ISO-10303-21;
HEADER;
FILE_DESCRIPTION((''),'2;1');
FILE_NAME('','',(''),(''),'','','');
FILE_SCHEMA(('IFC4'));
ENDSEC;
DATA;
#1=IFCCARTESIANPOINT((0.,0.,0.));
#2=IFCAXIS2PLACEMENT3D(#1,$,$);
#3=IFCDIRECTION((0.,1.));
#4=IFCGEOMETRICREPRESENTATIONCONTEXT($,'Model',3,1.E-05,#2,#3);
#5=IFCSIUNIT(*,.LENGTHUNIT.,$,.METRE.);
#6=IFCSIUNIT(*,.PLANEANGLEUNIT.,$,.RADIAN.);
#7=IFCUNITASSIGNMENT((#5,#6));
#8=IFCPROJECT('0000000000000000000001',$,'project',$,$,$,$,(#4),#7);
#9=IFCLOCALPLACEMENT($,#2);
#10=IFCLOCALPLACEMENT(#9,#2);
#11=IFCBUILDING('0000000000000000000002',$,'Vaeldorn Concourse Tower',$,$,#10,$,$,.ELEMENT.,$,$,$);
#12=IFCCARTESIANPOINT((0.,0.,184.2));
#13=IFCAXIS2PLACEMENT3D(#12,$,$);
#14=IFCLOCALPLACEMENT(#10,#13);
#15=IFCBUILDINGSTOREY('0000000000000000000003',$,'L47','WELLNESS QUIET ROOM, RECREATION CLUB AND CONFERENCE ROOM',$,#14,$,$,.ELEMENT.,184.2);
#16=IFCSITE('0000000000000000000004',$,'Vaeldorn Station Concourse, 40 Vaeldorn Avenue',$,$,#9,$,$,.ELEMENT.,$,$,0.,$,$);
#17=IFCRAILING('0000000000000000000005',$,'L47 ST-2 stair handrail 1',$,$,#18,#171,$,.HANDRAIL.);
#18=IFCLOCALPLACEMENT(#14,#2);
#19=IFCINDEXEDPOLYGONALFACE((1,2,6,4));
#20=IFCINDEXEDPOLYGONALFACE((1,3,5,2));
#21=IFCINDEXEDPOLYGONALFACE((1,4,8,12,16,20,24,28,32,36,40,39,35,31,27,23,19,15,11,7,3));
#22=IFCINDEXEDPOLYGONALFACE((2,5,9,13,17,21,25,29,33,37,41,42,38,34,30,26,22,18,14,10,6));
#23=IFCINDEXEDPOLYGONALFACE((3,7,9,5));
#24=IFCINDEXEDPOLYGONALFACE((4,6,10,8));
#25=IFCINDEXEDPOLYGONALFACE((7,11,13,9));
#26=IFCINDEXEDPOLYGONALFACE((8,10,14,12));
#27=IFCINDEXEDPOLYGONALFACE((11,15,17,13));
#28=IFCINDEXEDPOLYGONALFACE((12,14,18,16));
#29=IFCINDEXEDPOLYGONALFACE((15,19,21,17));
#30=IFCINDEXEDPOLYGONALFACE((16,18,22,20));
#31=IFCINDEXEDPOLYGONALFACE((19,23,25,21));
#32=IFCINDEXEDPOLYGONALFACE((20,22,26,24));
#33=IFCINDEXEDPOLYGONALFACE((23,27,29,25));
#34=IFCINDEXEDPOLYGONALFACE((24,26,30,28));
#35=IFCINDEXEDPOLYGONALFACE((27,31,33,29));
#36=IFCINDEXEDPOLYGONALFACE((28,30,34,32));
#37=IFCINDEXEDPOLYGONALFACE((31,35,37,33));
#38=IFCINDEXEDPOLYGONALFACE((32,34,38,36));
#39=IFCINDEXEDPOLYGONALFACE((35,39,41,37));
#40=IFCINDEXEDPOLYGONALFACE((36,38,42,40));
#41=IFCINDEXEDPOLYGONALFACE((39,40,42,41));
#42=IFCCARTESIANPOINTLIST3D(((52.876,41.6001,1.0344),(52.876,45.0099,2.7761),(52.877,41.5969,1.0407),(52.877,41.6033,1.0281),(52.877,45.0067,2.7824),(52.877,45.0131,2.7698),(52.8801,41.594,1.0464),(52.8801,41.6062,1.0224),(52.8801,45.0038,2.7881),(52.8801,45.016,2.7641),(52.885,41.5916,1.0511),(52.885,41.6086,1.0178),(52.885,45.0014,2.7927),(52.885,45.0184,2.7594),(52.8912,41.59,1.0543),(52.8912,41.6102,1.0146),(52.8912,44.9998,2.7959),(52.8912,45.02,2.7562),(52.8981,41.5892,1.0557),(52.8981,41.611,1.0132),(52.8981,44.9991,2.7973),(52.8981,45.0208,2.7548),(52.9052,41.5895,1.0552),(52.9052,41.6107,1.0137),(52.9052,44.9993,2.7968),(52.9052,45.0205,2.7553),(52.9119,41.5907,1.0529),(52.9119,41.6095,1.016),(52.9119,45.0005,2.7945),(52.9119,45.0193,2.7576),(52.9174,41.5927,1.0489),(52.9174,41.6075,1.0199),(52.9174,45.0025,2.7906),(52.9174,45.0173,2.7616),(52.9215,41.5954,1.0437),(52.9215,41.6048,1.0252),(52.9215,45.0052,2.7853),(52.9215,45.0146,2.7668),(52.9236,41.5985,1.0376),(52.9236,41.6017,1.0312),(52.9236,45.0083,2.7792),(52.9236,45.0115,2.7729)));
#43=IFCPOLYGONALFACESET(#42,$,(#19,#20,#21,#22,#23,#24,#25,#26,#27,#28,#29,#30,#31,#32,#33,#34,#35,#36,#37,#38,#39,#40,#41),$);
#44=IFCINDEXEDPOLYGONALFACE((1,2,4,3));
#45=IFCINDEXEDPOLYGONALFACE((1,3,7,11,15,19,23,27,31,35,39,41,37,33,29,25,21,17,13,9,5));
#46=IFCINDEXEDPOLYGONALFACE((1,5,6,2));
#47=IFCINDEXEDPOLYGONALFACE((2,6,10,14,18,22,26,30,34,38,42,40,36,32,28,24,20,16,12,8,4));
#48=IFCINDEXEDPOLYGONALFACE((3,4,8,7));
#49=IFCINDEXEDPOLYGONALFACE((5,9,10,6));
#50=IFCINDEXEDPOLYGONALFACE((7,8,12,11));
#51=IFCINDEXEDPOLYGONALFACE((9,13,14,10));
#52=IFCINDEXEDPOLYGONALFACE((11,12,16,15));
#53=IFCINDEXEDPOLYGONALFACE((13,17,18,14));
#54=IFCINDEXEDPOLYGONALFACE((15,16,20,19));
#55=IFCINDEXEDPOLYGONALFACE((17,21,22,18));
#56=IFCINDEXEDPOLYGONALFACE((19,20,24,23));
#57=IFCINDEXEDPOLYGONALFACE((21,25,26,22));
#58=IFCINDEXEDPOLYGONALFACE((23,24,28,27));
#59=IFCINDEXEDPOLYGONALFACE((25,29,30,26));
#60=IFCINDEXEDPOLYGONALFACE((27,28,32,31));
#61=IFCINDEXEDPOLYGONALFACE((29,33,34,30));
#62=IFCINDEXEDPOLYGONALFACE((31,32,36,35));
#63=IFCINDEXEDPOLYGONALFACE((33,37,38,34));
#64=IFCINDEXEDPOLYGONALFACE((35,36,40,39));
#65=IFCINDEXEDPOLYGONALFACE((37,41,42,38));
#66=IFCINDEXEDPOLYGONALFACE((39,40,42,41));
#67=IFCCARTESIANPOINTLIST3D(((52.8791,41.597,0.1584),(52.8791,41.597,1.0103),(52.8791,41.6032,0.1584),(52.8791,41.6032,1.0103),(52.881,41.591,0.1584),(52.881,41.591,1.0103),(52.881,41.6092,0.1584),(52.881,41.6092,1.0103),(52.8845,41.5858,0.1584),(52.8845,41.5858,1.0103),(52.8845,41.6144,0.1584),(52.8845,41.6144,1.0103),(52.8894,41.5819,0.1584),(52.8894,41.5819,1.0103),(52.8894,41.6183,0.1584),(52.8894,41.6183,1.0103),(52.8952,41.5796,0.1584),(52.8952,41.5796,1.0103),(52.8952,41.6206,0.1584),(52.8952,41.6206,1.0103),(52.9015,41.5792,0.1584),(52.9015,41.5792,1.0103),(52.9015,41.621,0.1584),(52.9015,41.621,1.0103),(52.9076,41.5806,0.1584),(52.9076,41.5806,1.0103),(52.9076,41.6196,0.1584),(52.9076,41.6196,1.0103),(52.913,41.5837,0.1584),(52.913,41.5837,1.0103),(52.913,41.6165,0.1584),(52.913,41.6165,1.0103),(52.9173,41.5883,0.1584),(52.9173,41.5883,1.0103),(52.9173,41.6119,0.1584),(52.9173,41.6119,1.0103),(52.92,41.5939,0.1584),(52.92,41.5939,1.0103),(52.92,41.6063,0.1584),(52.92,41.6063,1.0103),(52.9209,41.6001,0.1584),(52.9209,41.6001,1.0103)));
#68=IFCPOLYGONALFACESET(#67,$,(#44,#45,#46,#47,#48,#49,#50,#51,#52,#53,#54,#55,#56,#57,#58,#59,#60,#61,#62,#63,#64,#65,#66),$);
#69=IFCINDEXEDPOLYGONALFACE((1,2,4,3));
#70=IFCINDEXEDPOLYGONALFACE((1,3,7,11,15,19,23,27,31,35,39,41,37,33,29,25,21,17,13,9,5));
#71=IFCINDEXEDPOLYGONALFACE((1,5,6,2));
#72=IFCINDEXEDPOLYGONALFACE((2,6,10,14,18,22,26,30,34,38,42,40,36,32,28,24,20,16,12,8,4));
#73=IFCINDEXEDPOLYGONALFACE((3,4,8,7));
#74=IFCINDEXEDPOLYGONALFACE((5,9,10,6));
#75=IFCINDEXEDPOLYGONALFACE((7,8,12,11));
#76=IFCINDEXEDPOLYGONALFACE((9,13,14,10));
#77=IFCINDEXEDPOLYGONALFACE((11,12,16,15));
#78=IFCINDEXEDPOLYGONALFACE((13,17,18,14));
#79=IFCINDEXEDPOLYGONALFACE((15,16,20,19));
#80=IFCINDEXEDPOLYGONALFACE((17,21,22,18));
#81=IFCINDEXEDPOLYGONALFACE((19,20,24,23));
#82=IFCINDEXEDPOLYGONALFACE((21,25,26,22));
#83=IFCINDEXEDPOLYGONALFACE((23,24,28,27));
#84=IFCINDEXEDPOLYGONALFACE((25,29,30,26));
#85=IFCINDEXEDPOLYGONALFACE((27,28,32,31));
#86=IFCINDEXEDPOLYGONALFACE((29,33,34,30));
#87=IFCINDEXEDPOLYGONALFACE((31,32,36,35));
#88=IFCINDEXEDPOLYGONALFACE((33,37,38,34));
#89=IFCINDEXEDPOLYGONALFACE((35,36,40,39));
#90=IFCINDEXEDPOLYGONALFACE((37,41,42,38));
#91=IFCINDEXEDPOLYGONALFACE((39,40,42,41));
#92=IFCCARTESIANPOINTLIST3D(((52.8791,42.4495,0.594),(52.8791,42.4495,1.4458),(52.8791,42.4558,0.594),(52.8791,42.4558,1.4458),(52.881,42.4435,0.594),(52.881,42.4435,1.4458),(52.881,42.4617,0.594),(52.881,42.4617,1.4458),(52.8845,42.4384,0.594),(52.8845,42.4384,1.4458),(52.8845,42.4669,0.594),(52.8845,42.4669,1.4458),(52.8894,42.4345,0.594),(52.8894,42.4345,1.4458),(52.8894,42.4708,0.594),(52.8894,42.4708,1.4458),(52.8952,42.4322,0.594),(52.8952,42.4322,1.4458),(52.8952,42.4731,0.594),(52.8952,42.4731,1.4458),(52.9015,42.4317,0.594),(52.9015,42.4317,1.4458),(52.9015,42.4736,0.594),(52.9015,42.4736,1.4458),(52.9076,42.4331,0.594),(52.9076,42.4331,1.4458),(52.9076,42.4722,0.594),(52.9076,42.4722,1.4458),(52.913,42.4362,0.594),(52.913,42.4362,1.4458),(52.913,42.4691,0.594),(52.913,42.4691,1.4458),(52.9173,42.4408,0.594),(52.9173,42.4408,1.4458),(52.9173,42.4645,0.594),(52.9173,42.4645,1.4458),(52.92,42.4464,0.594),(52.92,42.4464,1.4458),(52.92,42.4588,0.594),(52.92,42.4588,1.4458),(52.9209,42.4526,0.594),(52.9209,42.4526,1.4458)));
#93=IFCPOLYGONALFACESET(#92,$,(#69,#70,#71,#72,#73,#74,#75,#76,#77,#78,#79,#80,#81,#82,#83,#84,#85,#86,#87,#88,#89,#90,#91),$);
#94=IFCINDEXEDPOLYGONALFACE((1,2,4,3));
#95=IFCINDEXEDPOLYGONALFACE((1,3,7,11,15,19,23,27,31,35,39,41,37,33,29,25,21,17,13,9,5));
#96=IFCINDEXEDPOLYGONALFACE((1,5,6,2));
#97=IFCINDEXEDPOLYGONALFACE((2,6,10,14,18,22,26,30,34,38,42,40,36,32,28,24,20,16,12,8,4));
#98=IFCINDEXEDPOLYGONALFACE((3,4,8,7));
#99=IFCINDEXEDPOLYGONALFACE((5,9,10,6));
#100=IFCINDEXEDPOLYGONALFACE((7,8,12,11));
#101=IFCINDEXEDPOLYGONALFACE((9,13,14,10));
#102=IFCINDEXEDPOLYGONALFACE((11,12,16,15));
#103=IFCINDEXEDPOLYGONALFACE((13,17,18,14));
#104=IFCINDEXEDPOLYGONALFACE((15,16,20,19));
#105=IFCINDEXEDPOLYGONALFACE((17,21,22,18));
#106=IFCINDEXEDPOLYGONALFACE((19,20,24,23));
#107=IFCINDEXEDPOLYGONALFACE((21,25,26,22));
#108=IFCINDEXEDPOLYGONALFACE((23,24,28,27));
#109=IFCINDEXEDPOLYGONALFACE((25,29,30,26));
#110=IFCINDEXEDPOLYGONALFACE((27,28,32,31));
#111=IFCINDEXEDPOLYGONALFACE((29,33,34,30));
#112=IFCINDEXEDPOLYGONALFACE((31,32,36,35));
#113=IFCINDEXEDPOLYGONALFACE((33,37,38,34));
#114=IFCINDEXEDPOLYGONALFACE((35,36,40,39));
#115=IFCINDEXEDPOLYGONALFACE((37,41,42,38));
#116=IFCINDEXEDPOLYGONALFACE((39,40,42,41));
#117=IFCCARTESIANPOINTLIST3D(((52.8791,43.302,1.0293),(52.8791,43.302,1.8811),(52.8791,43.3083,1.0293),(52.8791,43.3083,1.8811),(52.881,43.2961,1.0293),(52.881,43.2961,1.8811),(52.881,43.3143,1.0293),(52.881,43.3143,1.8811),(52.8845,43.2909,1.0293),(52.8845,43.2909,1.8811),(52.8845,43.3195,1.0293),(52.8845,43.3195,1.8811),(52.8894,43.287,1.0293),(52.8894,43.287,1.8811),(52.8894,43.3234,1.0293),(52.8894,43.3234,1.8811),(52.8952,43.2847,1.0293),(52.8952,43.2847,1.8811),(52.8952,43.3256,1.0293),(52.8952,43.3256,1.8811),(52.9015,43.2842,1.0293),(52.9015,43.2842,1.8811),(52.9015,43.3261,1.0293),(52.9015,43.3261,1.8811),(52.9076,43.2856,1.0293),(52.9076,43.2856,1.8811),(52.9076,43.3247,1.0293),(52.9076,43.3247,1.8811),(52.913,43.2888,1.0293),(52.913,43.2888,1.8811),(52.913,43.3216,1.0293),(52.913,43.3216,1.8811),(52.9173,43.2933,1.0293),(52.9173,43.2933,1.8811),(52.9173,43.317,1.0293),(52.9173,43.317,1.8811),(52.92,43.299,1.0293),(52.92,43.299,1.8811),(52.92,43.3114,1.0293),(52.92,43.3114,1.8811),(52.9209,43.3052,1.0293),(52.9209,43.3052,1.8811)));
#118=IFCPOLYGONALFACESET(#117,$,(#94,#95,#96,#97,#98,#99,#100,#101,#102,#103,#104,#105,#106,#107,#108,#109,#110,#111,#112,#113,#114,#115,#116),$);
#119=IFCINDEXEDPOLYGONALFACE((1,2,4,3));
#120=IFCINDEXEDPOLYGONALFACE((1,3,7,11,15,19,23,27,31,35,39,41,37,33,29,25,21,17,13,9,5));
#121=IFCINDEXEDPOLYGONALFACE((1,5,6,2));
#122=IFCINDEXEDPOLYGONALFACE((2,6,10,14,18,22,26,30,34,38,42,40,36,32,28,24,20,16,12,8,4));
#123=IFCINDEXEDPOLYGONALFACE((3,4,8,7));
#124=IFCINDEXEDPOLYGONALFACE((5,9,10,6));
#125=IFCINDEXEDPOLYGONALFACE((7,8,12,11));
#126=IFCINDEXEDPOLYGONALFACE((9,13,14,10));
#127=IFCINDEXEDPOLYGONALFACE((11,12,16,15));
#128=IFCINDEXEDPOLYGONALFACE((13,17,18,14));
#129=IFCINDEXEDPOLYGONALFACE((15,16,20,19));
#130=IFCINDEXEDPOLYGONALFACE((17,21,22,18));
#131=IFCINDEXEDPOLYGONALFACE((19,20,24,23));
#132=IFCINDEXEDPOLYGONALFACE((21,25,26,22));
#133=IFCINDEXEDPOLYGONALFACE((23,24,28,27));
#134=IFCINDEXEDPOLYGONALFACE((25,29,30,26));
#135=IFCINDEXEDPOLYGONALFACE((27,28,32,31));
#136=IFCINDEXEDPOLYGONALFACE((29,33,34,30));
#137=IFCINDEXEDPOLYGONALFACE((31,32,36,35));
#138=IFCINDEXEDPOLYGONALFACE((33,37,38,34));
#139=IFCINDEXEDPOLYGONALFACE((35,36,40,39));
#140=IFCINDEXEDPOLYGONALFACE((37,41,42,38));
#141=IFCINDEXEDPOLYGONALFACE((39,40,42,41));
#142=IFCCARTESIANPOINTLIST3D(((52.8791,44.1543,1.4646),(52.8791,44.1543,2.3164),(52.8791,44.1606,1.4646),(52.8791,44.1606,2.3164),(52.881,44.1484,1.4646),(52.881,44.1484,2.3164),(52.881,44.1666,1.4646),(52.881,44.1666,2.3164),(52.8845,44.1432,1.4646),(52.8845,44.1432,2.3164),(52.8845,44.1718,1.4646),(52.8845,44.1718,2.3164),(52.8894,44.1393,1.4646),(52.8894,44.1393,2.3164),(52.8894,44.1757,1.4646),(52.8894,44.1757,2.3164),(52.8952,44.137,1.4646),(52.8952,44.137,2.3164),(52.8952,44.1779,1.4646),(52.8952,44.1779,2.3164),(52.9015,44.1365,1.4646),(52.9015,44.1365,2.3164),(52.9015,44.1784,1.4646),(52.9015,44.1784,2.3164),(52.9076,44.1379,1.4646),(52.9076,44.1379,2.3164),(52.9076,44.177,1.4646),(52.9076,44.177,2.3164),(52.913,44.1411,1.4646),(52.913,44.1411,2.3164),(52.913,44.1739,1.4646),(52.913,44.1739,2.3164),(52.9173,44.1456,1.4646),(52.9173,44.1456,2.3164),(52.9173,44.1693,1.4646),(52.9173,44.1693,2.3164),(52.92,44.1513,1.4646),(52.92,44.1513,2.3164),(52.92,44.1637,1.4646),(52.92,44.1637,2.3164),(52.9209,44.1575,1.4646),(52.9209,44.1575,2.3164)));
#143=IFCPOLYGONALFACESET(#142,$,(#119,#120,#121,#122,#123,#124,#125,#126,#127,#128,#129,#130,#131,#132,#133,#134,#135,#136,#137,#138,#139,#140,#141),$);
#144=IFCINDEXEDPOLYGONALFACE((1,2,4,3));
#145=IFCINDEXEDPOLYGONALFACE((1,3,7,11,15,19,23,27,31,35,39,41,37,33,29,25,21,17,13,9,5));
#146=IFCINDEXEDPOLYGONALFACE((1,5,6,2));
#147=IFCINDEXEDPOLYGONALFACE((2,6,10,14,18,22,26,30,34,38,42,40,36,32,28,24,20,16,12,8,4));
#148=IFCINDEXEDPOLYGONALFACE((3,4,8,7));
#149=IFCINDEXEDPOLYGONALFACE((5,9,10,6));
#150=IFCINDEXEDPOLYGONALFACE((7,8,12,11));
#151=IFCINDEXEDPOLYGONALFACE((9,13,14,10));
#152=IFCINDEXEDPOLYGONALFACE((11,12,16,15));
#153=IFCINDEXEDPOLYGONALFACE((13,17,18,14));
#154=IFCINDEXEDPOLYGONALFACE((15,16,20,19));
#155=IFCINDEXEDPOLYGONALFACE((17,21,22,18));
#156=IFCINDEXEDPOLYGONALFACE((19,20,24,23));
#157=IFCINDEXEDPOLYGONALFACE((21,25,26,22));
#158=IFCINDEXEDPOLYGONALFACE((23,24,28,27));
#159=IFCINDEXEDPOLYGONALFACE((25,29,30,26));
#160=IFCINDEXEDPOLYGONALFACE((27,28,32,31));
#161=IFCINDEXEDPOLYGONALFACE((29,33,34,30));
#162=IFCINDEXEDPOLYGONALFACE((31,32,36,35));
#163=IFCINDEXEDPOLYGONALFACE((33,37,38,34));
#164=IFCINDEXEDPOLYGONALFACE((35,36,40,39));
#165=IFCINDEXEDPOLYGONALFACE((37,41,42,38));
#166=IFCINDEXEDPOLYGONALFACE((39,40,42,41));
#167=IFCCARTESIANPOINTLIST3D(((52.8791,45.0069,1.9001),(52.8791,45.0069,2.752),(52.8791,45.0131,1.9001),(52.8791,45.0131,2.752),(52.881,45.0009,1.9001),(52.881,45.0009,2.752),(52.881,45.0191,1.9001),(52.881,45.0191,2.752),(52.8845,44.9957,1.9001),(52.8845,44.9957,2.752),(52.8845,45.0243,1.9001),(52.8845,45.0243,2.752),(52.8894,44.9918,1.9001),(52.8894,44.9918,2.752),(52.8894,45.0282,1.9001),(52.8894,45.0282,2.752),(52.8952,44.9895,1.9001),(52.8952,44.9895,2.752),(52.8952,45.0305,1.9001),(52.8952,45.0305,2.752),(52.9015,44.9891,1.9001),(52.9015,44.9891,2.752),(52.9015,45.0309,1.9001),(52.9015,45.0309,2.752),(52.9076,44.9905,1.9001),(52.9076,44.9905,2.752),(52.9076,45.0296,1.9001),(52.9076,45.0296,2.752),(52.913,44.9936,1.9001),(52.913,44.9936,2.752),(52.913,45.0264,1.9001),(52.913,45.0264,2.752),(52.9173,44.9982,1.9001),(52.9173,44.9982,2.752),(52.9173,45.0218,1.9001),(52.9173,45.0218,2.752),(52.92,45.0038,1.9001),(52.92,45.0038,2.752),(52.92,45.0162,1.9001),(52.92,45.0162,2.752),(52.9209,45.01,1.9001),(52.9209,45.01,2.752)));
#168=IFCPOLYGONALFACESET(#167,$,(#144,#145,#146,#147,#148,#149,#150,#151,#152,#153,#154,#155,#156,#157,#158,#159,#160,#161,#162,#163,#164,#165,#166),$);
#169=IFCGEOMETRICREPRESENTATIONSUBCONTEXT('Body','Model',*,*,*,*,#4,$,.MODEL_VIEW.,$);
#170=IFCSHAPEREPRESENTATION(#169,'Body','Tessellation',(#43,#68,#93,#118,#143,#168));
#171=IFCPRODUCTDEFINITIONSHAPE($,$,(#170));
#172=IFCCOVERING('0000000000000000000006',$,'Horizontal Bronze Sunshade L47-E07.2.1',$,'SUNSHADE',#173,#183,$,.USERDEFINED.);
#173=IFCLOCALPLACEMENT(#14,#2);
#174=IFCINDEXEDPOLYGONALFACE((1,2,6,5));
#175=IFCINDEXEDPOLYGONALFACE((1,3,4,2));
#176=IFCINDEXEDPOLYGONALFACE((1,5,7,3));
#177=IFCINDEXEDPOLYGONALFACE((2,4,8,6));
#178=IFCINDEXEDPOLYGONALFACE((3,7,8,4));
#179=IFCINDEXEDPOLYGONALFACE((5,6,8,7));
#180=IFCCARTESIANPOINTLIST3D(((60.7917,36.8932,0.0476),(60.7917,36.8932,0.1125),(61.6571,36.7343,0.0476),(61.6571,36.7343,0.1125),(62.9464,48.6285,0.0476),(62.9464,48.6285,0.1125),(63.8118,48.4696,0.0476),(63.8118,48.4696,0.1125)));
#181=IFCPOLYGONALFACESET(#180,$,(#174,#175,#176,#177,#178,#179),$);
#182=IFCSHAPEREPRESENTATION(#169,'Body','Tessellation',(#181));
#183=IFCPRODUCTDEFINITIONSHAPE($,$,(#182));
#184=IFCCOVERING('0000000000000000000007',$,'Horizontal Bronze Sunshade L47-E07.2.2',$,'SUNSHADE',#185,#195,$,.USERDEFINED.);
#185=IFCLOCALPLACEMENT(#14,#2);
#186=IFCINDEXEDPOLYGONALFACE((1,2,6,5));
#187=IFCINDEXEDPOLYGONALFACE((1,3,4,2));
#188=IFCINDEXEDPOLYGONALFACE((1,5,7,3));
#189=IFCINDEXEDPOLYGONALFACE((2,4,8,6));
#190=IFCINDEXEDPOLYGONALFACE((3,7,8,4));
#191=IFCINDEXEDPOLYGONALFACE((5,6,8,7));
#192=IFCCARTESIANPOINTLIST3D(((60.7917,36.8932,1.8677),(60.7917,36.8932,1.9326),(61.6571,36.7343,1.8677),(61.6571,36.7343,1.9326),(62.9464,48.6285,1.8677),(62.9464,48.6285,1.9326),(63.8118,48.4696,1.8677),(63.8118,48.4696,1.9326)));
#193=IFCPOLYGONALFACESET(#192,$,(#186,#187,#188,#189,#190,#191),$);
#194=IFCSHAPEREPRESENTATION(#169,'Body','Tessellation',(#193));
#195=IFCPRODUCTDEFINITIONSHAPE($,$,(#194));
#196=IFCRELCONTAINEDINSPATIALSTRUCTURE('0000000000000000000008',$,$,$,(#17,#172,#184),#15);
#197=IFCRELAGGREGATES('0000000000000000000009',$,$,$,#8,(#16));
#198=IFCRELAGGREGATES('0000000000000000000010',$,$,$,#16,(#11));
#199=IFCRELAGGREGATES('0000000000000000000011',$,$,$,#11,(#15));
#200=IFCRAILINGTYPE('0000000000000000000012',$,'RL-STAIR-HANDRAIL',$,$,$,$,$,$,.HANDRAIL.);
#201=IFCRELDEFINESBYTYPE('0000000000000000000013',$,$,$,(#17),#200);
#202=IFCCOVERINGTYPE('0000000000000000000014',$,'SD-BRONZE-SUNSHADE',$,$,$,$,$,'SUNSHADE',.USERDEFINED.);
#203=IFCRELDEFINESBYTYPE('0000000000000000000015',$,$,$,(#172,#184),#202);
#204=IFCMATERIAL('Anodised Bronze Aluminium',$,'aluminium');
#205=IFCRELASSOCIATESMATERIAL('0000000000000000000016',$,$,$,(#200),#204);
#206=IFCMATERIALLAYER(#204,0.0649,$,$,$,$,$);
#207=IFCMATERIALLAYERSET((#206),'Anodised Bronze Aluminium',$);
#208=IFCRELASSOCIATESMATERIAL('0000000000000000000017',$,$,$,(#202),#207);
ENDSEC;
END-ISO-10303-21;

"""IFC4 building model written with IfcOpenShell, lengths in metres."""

from ifc_helpers import new_model, si_unit, direction, frame, origin, origin_2d, place, context, subcontext, project, spatial, rectangle, circle, extrude, source, transform, mapped, material, layer, layer_set, type_object, element, save


model = new_model("IFC4")

# Units and contexts
model_context = context("Model", 3, precision=1e-05, world=origin(), true_north=direction((0.0, 1.0)))
body_context = subcontext(model_context, "Body", "Model", "MODEL_VIEW")
ifc_project = project(units=[si_unit("LENGTHUNIT", "METRE"), si_unit("PLANEANGLEUNIT", "RADIAN")], contexts=[model_context])

# Site, building, storey
site_placement = place(None, origin())
site = spatial("IfcSite", under=ifc_project, at=site_placement, Name="Vaeldorn Station Concourse, 40 Vaeldorn Avenue", CompositionType="ELEMENT", RefElevation=0.0)
building_placement = place(site_placement, origin())
building = spatial("IfcBuilding", under=site, at=building_placement, Name="Vaeldorn Concourse Tower", CompositionType="ELEMENT")
storey_placement = place(building_placement, frame((0.0, 0.0, 184.2)))
storey = spatial("IfcBuildingStorey", under=building, at=storey_placement, Name="L47", Description="WELLNESS QUIET ROOM, RECREATION CLUB AND CONFERENCE ROOM", CompositionType="ELEMENT", Elevation=184.2)

# Shared definitions
ifc_material_1 = material(Name="Anodised Bronze Aluminium", Category="aluminium")

# Railing
railing_type_1 = type_object("IfcRailingType", Name="RL-STAIR-HANDRAIL", PredefinedType="HANDRAIL", material=ifc_material_1)
railing_1_placement = place(storey_placement, frame((52.8999, 41.6001, 0.1584)))
element("IfcRailing", 1, at=railing_1_placement, inside=storey, type_object=railing_type_1, Name="L47 ST-2 stair handrail 1", PredefinedType="HANDRAIL", context=body_context, shape_type="SweptSolid", body=[
    extrude(circle(Radius=0.0239, at=origin_2d()), frame((0.0, 0.0, 0.876), z_axis=(0.0, 0.890556, 0.454874), x_axis=(-1.0, 0.0, 0.0)), (0.0, 0.0, 1.0), 3.8289),
    extrude(circle(Radius=0.021, at=origin_2d()), origin(), (0.0, 0.0, 1.0), 0.8518),
    extrude(circle(Radius=0.021, at=origin_2d()), frame((0.0, 0.8525, 0.4355)), (0.0, 0.0, 1.0), 0.8518),
    extrude(circle(Radius=0.021, at=origin_2d()), frame((0.0, 1.7051, 0.8708)), (0.0, 0.0, 1.0), 0.8518),
    extrude(circle(Radius=0.021, at=origin_2d()), frame((0.0, 2.5574, 1.3062)), (0.0, 0.0, 1.0), 0.8518),
    extrude(circle(Radius=0.021, at=origin_2d()), frame((0.0, 3.4099, 1.7417)), (0.0, 0.0, 1.0), 0.8518),
])

# Coverings
ifc_layer_1 = layer(ifc_material_1, 0.0649)
ifc_layer_set_1 = layer_set([ifc_layer_1], Name="Anodised Bronze Aluminium")
covering_type = type_object("IfcCoveringType", Name="SD-BRONZE-SUNSHADE", ElementType="SUNSHADE", PredefinedType="USERDEFINED", material=ifc_layer_set_1)
shared_shape_1 = source(origin(), body_context, "Body", "SweptSolid", [
    extrude(rectangle(XDim=11.9314, YDim=0.8799, at=origin_2d()), origin(), (0.0, 0.0, 1.0), 0.0649),
])
for number, where, z_axis, x_axis, name in (
    (2, (62.3018, 42.6814, 0.0476), (0.0, 0.0, 1.0), (0.180588, 0.983559, 0.0), "Horizontal Bronze Sunshade L47-E07.2.1"),
    (3, (62.3018, 42.6814, 1.8677), (0.0, 0.0, 1.0), (0.180588, 0.983559, 0.0), "Horizontal Bronze Sunshade L47-E07.2.2"),
):
    element("IfcCovering", number, at=place(storey_placement, frame(where, z_axis=z_axis, x_axis=x_axis)), inside=storey, type_object=covering_type, Name=name, ObjectType="SUNSHADE", PredefinedType="USERDEFINED", context=body_context, shape_type="MappedRepresentation", body=[
        mapped(shared_shape_1, transform((0.0, 0.0, 0.0), scale=1.0)),
    ])

save(model, "model.ifc")
